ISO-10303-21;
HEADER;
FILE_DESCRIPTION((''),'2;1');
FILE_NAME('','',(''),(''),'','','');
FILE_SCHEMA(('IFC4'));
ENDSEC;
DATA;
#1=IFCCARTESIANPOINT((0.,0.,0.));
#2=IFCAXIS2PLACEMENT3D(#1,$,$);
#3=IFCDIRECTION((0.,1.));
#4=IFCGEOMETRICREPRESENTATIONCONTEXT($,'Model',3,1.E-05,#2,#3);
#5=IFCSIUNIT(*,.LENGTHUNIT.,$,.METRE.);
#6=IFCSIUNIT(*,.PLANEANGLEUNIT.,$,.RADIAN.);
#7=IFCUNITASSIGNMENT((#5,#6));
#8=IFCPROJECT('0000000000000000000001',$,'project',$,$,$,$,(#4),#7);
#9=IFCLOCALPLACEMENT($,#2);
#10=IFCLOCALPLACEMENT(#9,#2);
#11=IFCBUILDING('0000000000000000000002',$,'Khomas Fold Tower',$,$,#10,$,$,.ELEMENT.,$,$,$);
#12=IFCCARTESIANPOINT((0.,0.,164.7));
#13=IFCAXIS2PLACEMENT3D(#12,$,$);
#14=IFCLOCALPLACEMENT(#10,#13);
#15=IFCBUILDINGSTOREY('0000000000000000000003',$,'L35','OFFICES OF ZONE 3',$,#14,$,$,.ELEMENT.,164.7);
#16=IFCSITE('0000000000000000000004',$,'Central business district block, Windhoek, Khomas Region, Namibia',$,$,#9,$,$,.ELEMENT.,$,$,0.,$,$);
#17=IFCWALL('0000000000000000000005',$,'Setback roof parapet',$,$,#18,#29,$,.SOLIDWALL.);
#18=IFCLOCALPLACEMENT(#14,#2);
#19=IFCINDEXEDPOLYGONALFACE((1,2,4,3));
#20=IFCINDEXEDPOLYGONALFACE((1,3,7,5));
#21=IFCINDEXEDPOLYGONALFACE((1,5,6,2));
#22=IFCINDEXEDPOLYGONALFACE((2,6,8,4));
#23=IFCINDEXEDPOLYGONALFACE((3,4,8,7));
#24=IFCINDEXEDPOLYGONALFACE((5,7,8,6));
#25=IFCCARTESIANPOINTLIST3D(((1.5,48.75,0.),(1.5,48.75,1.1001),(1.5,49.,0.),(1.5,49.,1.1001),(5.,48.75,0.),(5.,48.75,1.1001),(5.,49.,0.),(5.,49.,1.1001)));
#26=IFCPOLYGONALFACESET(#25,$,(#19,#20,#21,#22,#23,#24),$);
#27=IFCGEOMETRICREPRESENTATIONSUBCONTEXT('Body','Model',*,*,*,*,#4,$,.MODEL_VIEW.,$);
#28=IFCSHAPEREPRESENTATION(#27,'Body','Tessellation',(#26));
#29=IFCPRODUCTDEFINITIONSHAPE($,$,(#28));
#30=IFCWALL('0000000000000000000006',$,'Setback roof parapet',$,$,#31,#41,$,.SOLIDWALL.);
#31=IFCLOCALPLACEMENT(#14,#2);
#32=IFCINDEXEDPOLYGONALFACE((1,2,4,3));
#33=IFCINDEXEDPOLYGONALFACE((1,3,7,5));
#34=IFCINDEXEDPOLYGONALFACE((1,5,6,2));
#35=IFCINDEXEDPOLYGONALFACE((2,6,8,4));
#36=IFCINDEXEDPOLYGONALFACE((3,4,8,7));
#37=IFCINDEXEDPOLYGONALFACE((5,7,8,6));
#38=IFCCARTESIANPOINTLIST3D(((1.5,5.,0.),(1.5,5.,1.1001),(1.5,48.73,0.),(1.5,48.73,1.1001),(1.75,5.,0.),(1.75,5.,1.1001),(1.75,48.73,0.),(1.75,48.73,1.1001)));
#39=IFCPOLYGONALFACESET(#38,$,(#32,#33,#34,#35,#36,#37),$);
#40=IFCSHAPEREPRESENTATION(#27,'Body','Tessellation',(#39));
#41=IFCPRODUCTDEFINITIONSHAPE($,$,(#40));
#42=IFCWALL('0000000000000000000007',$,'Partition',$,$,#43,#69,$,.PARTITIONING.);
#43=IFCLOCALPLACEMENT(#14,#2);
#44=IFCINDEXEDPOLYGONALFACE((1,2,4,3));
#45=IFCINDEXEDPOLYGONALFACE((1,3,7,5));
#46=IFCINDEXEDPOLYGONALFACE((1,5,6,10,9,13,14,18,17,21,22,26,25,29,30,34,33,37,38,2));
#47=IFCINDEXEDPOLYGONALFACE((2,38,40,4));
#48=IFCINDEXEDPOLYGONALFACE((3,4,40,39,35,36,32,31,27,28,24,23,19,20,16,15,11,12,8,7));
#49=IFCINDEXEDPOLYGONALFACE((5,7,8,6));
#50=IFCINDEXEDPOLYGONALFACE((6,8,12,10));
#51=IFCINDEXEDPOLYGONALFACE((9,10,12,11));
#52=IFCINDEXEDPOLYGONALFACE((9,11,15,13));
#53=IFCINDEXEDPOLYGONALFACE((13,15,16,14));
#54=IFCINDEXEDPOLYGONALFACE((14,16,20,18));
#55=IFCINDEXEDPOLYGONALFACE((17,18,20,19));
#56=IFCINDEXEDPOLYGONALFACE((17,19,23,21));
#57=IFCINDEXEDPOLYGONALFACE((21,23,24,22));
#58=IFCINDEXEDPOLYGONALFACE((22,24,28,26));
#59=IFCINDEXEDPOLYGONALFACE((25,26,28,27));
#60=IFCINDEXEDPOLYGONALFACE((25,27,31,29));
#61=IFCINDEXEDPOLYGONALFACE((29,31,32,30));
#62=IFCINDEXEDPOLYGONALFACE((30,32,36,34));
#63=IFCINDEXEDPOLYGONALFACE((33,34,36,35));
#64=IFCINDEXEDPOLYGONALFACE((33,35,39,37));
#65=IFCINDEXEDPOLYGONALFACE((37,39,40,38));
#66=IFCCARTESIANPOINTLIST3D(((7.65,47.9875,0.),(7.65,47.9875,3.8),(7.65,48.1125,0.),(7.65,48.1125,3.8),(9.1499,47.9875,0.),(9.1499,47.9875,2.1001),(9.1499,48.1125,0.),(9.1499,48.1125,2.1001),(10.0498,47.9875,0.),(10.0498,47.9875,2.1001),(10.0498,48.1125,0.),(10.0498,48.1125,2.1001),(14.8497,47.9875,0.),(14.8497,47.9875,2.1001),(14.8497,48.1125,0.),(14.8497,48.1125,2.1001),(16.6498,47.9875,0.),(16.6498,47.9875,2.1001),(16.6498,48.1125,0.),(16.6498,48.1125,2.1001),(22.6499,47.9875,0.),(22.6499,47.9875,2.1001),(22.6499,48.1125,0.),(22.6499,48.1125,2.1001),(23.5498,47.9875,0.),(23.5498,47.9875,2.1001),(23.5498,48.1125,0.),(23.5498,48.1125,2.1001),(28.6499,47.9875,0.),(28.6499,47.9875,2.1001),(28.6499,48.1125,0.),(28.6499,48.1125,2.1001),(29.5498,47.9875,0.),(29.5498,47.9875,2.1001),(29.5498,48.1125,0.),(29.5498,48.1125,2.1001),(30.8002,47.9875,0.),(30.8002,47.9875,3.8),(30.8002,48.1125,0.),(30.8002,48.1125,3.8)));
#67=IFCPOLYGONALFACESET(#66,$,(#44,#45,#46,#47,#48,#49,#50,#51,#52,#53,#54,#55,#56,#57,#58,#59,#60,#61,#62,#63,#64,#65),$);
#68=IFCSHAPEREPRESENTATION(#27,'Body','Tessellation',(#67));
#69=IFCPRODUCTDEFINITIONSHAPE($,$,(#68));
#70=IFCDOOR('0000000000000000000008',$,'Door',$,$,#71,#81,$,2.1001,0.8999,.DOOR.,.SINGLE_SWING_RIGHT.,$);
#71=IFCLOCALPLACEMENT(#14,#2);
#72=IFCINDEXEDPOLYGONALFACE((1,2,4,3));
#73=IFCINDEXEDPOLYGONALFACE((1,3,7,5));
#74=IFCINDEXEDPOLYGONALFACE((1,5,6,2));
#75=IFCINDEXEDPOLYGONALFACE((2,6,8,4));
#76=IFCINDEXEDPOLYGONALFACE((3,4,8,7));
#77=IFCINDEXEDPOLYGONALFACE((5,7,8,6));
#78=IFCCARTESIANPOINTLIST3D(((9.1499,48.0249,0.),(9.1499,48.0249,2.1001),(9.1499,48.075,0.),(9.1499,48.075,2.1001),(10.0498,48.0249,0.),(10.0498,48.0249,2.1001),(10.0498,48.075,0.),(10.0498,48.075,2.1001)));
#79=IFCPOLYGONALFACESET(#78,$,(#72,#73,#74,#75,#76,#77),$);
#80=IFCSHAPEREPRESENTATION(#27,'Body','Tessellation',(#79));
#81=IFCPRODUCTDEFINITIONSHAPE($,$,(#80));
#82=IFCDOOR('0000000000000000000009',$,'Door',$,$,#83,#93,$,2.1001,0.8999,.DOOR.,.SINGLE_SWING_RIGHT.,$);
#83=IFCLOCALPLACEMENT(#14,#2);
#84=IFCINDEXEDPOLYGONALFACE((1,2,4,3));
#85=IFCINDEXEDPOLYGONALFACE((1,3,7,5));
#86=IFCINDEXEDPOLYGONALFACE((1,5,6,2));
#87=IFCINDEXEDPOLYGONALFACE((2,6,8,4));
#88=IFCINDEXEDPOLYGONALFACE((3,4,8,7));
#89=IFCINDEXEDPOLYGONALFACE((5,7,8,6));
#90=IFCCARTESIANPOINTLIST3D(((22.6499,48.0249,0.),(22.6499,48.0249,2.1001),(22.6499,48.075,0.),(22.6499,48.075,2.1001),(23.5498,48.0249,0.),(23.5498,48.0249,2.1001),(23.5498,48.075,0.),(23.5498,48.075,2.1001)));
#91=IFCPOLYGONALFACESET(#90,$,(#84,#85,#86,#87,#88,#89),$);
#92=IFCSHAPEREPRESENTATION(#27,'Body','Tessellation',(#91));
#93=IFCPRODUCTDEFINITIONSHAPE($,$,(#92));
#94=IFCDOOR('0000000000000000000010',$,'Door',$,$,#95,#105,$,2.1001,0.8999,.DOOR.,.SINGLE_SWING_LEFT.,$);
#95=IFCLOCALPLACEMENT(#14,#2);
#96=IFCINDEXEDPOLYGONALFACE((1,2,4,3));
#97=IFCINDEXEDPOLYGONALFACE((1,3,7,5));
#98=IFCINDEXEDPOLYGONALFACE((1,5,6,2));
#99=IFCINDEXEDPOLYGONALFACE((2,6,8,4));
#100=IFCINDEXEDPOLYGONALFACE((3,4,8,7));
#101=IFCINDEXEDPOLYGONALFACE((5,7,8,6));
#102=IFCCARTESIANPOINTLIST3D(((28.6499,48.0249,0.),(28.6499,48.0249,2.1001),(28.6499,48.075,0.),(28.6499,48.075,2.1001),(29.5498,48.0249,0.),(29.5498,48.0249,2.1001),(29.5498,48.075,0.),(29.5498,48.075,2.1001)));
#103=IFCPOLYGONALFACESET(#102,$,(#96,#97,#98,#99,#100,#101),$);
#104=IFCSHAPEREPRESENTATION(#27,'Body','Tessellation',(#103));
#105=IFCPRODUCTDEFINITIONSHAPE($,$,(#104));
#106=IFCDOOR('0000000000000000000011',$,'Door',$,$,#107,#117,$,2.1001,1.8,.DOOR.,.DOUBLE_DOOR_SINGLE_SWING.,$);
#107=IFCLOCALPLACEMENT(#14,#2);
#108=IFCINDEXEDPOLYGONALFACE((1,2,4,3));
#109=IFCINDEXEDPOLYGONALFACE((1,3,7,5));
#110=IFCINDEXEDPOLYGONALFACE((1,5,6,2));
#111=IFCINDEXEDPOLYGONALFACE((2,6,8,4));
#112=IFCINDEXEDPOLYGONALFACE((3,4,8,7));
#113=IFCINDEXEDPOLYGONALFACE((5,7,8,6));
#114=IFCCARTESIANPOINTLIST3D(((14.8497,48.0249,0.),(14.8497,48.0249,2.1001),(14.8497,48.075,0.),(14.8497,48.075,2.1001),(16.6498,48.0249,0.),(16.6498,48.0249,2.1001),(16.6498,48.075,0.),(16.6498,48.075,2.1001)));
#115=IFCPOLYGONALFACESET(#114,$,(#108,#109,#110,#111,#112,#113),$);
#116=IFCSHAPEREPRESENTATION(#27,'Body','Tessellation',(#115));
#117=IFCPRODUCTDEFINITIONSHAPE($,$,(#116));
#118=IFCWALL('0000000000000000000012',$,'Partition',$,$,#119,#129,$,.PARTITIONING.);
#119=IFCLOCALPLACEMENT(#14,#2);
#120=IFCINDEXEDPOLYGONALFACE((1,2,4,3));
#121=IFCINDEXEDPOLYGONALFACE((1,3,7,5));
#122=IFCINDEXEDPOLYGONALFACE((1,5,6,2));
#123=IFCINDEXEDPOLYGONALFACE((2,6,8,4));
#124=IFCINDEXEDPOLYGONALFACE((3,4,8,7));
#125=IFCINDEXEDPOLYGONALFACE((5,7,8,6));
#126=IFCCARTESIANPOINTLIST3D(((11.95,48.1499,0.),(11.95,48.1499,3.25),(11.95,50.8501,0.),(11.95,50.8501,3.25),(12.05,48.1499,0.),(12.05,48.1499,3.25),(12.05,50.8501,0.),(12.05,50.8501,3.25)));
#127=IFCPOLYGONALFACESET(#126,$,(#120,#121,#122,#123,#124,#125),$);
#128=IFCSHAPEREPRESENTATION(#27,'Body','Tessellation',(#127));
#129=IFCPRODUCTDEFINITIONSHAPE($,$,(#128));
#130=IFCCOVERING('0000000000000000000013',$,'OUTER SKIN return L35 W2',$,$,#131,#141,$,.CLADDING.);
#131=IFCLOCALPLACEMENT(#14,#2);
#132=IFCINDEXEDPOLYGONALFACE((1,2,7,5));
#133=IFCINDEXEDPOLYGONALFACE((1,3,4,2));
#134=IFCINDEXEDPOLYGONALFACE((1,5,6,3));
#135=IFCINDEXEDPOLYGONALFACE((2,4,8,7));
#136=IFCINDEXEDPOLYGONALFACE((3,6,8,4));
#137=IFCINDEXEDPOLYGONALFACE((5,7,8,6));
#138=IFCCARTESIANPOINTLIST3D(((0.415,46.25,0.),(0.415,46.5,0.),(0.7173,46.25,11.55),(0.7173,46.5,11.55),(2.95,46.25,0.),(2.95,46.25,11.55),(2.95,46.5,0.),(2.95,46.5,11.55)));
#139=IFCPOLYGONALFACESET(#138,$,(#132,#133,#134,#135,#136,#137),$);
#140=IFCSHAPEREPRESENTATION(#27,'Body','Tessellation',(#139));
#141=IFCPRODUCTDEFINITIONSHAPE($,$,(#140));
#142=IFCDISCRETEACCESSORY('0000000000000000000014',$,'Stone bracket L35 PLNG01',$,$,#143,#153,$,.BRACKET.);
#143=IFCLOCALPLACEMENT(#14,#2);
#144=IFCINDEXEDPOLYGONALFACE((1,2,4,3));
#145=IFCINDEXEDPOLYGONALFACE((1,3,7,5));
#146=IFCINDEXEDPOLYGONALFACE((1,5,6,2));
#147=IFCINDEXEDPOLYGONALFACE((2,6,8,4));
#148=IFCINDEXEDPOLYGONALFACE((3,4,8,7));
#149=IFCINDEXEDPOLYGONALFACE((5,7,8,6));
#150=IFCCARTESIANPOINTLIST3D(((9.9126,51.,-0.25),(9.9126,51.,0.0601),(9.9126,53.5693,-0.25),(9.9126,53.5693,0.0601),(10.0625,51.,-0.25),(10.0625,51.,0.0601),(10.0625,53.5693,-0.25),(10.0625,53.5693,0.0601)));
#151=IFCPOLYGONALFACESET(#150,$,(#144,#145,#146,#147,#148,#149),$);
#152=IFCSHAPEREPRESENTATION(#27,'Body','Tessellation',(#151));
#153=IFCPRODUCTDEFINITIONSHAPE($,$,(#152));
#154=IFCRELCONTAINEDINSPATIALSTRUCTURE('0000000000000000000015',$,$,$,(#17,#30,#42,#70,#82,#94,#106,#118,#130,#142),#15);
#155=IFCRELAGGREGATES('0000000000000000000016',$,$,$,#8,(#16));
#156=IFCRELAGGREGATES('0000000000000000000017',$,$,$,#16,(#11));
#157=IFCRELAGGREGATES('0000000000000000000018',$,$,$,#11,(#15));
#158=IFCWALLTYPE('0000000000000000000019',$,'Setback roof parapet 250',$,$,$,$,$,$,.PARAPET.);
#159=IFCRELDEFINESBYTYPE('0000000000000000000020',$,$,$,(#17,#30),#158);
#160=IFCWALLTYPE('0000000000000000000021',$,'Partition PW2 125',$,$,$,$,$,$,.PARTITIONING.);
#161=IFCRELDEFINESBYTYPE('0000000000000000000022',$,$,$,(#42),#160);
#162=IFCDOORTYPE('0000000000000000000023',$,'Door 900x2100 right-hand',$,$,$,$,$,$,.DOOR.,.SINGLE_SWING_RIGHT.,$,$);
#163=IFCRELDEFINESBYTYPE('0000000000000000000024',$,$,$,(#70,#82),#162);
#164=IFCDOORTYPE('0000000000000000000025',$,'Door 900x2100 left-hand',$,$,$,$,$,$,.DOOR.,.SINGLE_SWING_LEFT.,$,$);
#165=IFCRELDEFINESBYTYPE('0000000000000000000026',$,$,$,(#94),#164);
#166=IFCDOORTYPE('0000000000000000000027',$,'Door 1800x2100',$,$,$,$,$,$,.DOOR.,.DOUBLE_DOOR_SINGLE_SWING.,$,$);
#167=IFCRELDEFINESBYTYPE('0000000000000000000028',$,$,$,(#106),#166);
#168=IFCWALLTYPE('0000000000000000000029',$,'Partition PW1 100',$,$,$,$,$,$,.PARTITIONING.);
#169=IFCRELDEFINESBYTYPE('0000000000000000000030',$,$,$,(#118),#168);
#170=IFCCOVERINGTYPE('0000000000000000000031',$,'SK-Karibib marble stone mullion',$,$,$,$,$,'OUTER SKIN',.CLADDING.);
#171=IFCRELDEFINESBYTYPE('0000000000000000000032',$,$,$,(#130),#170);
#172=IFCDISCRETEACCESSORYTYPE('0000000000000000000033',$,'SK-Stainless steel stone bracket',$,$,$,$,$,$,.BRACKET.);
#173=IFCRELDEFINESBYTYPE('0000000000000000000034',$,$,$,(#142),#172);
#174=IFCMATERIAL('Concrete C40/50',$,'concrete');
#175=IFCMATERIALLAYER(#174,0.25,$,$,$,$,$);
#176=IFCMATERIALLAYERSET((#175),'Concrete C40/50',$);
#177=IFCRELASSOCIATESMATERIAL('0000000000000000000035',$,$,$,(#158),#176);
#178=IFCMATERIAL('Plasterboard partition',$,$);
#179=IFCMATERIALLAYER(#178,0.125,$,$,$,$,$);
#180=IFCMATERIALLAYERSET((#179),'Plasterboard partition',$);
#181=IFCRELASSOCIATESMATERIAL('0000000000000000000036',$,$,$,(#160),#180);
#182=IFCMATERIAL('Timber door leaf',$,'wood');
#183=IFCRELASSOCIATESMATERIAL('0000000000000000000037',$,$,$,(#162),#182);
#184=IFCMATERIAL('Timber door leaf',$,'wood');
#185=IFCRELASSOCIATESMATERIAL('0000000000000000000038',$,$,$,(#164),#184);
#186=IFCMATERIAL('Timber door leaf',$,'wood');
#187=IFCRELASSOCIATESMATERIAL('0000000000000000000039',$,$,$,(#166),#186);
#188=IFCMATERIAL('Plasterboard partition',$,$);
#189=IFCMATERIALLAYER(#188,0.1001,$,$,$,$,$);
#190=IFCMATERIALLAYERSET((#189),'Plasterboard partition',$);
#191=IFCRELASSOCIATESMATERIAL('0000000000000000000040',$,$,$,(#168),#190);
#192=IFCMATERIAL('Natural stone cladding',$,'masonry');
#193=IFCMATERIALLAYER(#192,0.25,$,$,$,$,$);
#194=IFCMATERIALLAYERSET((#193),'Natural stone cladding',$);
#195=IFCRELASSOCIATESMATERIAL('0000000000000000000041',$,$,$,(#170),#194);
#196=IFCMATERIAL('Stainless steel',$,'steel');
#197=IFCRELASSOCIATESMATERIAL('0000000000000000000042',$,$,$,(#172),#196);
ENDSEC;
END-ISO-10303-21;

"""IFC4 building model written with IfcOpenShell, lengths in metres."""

from ifc_helpers import new_model, si_unit, direction, frame, frame_2d, origin, origin_2d, place, context, subcontext, project, spatial, polyline, rectangle, outline, extrude, source, transform, mapped, material, layer, layer_set, type_object, element, fill, save


model = new_model("IFC4")

# Units and contexts
model_context = context("Model", 3, precision=1e-05, world=origin(), true_north=direction((0.0, 1.0)))
body_context = subcontext(model_context, "Body", "Model", "MODEL_VIEW")
ifc_project = project(units=[si_unit("LENGTHUNIT", "METRE"), si_unit("PLANEANGLEUNIT", "RADIAN")], contexts=[model_context])

# Site, building, storey
site_placement = place(None, origin())
site = spatial("IfcSite", under=ifc_project, at=site_placement, Name="Central business district block, Windhoek, Khomas Region, Namibia", CompositionType="ELEMENT", RefElevation=0.0)
building_placement = place(site_placement, origin())
building = spatial("IfcBuilding", under=site, at=building_placement, Name="Khomas Fold Tower", CompositionType="ELEMENT")
storey_placement = place(building_placement, frame((0.0, 0.0, 164.7)))
storey = spatial("IfcBuildingStorey", under=building, at=storey_placement, Name="L35", Description="OFFICES OF ZONE 3", CompositionType="ELEMENT", Elevation=164.7)

# Walls
ifc_material_1 = material(Name="Concrete C40/50", Category="concrete")
ifc_layer_1 = layer(ifc_material_1, 0.25)
ifc_layer_set_1 = layer_set([ifc_layer_1], Name="Concrete C40/50")
wall_type_1 = type_object("IfcWallType", Name="Setback roof parapet 250", PredefinedType="PARAPET", material=ifc_layer_set_1)
shared_shape_1 = source(origin(), body_context, "Body", "SweptSolid", [
    extrude(rectangle(XDim=3.5, YDim=0.25, at=frame_2d((1.75, 0.0))), origin(), (0.0, 0.0, 1.0), 1.1001),
])
wall_1_placement = place(storey_placement, frame((5.0, 48.875, 0.0), z_axis=(0.0, 0.0, 1.0), x_axis=(-1.0, 0.0, 0.0)))
element("IfcWall", 1, at=wall_1_placement, inside=storey, type_object=wall_type_1, Name="Setback roof parapet", PredefinedType="SOLIDWALL", context=body_context, shape_type="MappedRepresentation", body=[
    mapped(shared_shape_1, transform((0.0, 0.0, 0.0))),
])
shared_shape_2 = source(origin(), body_context, "Body", "SweptSolid", [
    extrude(rectangle(XDim=43.73, YDim=0.25, at=frame_2d((21.865, 0.0))), origin(), (0.0, 0.0, 1.0), 1.1001),
])
wall_2_placement = place(storey_placement, frame((1.625, 48.73, 0.0), z_axis=(0.0, 0.0, 1.0), x_axis=(0.0, -1.0, 0.0)))
element("IfcWall", 2, at=wall_2_placement, inside=storey, type_object=wall_type_1, Name="Setback roof parapet", PredefinedType="SOLIDWALL", context=body_context, shape_type="MappedRepresentation", body=[
    mapped(shared_shape_2, transform((0.0, 0.0, 0.0))),
])

# Wall, openings, doors
ifc_material_2 = material(Name="Plasterboard partition")
ifc_layer_2 = layer(ifc_material_2, 0.125)
ifc_layer_set_2 = layer_set([ifc_layer_2], Name="Plasterboard partition")
wall_type_2 = type_object("IfcWallType", Name="Partition PW2 125", PredefinedType="PARTITIONING", material=ifc_layer_set_2)
shared_shape_3 = source(origin(), body_context, "Body", "SweptSolid", [
    extrude(rectangle(XDim=23.1501, YDim=0.125, at=frame_2d((11.5752, 0.0))), origin(), (0.0, 0.0, 1.0), 3.8),
])
wall_3_placement = place(storey_placement, frame((7.6499, 48.05, 0.0), z_axis=(0.0, 0.0, 1.0), x_axis=(1.0, 0.0, 0.0)))
wall_3 = element("IfcWall", 3, at=wall_3_placement, inside=storey, type_object=wall_type_2, Name="Partition", PredefinedType="PARTITIONING", context=body_context, shape_type="MappedRepresentation", body=[
    mapped(shared_shape_3, transform((0.0, 0.0, 0.0))),
])
shared_shape_4 = source(origin(), body_context, "Body", "SweptSolid", [
    extrude(rectangle(XDim=0.8999, YDim=2.1001, at=frame_2d((0.45, 1.05))), frame((0.0, 0.0725, 0.0), z_axis=(0.0, -1.0, 0.0), x_axis=(1.0, 0.0, 0.0)), (0.0, 0.0, 1.0), 0.145),
])
opening_1_placement = place(wall_3_placement, frame((1.5, 0.0, 0.0)))
opening_1 = element("IfcOpeningElement", 4, at=opening_1_placement, cuts=wall_3, PredefinedType="OPENING", context=body_context, shape_type="MappedRepresentation", body=[
    mapped(shared_shape_4, transform((0.0, 0.0, 0.0))),
])
shared_shape_5 = source(origin(), body_context, "Body", "SweptSolid", [
    extrude(rectangle(XDim=1.8, YDim=2.1001, at=frame_2d((0.8999, 1.05))), frame((0.0, 0.0725, 0.0), z_axis=(0.0, -1.0, 0.0), x_axis=(1.0, 0.0, 0.0)), (0.0, 0.0, 1.0), 0.145),
])
opening_2_placement = place(wall_3_placement, frame((7.2, 0.0, 0.0)))
opening_2 = element("IfcOpeningElement", 5, at=opening_2_placement, cuts=wall_3, PredefinedType="OPENING", context=body_context, shape_type="MappedRepresentation", body=[
    mapped(shared_shape_5, transform((0.0, 0.0, 0.0))),
])
opening_3_placement = place(wall_3_placement, frame((15.0, 0.0, 0.0)))
opening_3 = element("IfcOpeningElement", 6, at=opening_3_placement, cuts=wall_3, PredefinedType="OPENING", context=body_context, shape_type="MappedRepresentation", body=[
    mapped(shared_shape_4, transform((0.0, 0.0, 0.0))),
])
opening_4_placement = place(wall_3_placement, frame((21.0, 0.0, 0.0)))
opening_4 = element("IfcOpeningElement", 7, at=opening_4_placement, cuts=wall_3, PredefinedType="OPENING", context=body_context, shape_type="MappedRepresentation", body=[
    mapped(shared_shape_4, transform((0.0, 0.0, 0.0))),
])
ifc_material_3 = material(Name="Timber door leaf", Category="wood")
door_type_1 = type_object("IfcDoorType", Name="Door 900x2100 right-hand", OperationType="SINGLE_SWING_RIGHT", PredefinedType="DOOR", material=ifc_material_3)
shared_shape_6 = source(origin(), body_context, "Body", "SweptSolid", [
    extrude(rectangle(XDim=0.8999, YDim=2.1001, at=frame_2d((0.45, 1.05))), frame((0.0, 0.0249, 0.0), z_axis=(0.0, -1.0, 0.0), x_axis=(1.0, 0.0, 0.0)), (0.0, 0.0, 1.0), 0.05),
])
door_1_placement = place(opening_1_placement, origin())
door_1 = element("IfcDoor", 8, at=door_1_placement, inside=storey, type_object=door_type_1, Name="Door", OperationType="SINGLE_SWING_RIGHT", OverallHeight=2.1001, OverallWidth=0.8999, PredefinedType="DOOR", context=body_context, shape_type="MappedRepresentation", body=[
    mapped(shared_shape_6, transform((0.0, 0.0, 0.0))),
])
fill(opening_1, door_1)
door_2_placement = place(opening_3_placement, origin())
door_2 = element("IfcDoor", 9, at=door_2_placement, inside=storey, type_object=door_type_1, Name="Door", OperationType="SINGLE_SWING_RIGHT", OverallHeight=2.1001, OverallWidth=0.8999, PredefinedType="DOOR", context=body_context, shape_type="MappedRepresentation", body=[
    mapped(shared_shape_6, transform((0.0, 0.0, 0.0))),
])
fill(opening_3, door_2)
ifc_material_4 = material(Name="Timber door leaf", Category="wood")
door_type_2 = type_object("IfcDoorType", Name="Door 900x2100 left-hand", OperationType="SINGLE_SWING_LEFT", PredefinedType="DOOR", material=ifc_material_4)
door_3_placement = place(opening_4_placement, origin())
door_3 = element("IfcDoor", 10, at=door_3_placement, inside=storey, type_object=door_type_2, Name="Door", OperationType="SINGLE_SWING_LEFT", OverallHeight=2.1001, OverallWidth=0.8999, PredefinedType="DOOR", context=body_context, shape_type="MappedRepresentation", body=[
    mapped(shared_shape_6, transform((0.0, 0.0, 0.0))),
])
fill(opening_4, door_3)
ifc_material_5 = material(Name="Timber door leaf", Category="wood")
door_type_3 = type_object("IfcDoorType", Name="Door 1800x2100", OperationType="DOUBLE_DOOR_SINGLE_SWING", PredefinedType="DOOR", material=ifc_material_5)
shared_shape_7 = source(origin(), body_context, "Body", "SweptSolid", [
    extrude(rectangle(XDim=1.8, YDim=2.1001, at=frame_2d((0.8999, 1.05))), frame((0.0, 0.0249, 0.0), z_axis=(0.0, -1.0, 0.0), x_axis=(1.0, 0.0, 0.0)), (0.0, 0.0, 1.0), 0.05),
])
door_4_placement = place(opening_2_placement, origin())
door_4 = element("IfcDoor", 11, at=door_4_placement, inside=storey, type_object=door_type_3, Name="Door", OperationType="DOUBLE_DOOR_SINGLE_SWING", OverallHeight=2.1001, OverallWidth=1.8, PredefinedType="DOOR", context=body_context, shape_type="MappedRepresentation", body=[
    mapped(shared_shape_7, transform((0.0, 0.0, 0.0))),
])
fill(opening_2, door_4)

# Wall
ifc_material_6 = material(Name="Plasterboard partition")
ifc_layer_3 = layer(ifc_material_6, 0.1001)
ifc_layer_set_3 = layer_set([ifc_layer_3], Name="Plasterboard partition")
wall_type_3 = type_object("IfcWallType", Name="Partition PW1 100", PredefinedType="PARTITIONING", material=ifc_layer_set_3)
shared_shape_8 = source(origin(), body_context, "Body", "SweptSolid", [
    extrude(rectangle(XDim=2.7002, YDim=0.1001, at=frame_2d((1.3501, 0.0))), origin(), (0.0, 0.0, 1.0), 3.25),
])
wall_4_placement = place(storey_placement, frame((12.0, 48.1499, 0.0), z_axis=(0.0, 0.0, 1.0), x_axis=(0.0, 1.0, 0.0)))
element("IfcWall", 12, at=wall_4_placement, inside=storey, type_object=wall_type_3, Name="Partition", PredefinedType="PARTITIONING", context=body_context, shape_type="MappedRepresentation", body=[
    mapped(shared_shape_8, transform((0.0, 0.0, 0.0))),
])

# Covering
ifc_material_7 = material(Name="Natural stone cladding", Category="masonry")
ifc_layer_4 = layer(ifc_material_7, 0.25)
ifc_layer_set_4 = layer_set([ifc_layer_4], Name="Natural stone cladding")
covering_type = type_object("IfcCoveringType", Name="SK-Karibib marble stone mullion", ElementType="OUTER SKIN", PredefinedType="CLADDING", material=ifc_layer_set_4)
covering_placement = place(storey_placement, frame((2.95, 46.5, 0.0), z_axis=(0.0, 1.0, 0.0), x_axis=(-1.0, 0.0, 0.0)))
element("IfcCovering", 13, at=covering_placement, inside=storey, type_object=covering_type, Name="OUTER SKIN return L35 W2", PredefinedType="CLADDING", context=body_context, shape_type="SweptSolid", body=[
    extrude(outline(polyline([(0.0, 0.0), (2.5349, 0.0), (2.2327, 11.55), (0.0, 11.55), (0.0, 0.0)])), origin(), (0.0, 0.0, -1.0), 0.25),
])

# Discrete accessory
ifc_material_8 = material(Name="Stainless steel", Category="steel")
discrete_accessory_type = type_object("IfcDiscreteAccessoryType", Name="SK-Stainless steel stone bracket", PredefinedType="BRACKET", material=ifc_material_8)
shared_shape_9 = source(origin(), body_context, "Body", "SweptSolid", [
    extrude(rectangle(XDim=2.5693, YDim=0.1499, at=origin_2d()), origin(), (0.0, 0.0, 1.0), 0.3101),
])
discrete_accessory_1_placement = place(storey_placement, frame((9.9875, 52.2847, -0.25), z_axis=(0.0, 0.0, 1.0), x_axis=(0.0, 1.0, 0.0)))
element("IfcDiscreteAccessory", 14, at=discrete_accessory_1_placement, inside=storey, type_object=discrete_accessory_type, Name="Stone bracket L35 PLNG01", PredefinedType="BRACKET", context=body_context, shape_type="MappedRepresentation", body=[
    mapped(shared_shape_9, transform((0.0, 0.0, 0.0))),
])

save(model, "model.ifc")
